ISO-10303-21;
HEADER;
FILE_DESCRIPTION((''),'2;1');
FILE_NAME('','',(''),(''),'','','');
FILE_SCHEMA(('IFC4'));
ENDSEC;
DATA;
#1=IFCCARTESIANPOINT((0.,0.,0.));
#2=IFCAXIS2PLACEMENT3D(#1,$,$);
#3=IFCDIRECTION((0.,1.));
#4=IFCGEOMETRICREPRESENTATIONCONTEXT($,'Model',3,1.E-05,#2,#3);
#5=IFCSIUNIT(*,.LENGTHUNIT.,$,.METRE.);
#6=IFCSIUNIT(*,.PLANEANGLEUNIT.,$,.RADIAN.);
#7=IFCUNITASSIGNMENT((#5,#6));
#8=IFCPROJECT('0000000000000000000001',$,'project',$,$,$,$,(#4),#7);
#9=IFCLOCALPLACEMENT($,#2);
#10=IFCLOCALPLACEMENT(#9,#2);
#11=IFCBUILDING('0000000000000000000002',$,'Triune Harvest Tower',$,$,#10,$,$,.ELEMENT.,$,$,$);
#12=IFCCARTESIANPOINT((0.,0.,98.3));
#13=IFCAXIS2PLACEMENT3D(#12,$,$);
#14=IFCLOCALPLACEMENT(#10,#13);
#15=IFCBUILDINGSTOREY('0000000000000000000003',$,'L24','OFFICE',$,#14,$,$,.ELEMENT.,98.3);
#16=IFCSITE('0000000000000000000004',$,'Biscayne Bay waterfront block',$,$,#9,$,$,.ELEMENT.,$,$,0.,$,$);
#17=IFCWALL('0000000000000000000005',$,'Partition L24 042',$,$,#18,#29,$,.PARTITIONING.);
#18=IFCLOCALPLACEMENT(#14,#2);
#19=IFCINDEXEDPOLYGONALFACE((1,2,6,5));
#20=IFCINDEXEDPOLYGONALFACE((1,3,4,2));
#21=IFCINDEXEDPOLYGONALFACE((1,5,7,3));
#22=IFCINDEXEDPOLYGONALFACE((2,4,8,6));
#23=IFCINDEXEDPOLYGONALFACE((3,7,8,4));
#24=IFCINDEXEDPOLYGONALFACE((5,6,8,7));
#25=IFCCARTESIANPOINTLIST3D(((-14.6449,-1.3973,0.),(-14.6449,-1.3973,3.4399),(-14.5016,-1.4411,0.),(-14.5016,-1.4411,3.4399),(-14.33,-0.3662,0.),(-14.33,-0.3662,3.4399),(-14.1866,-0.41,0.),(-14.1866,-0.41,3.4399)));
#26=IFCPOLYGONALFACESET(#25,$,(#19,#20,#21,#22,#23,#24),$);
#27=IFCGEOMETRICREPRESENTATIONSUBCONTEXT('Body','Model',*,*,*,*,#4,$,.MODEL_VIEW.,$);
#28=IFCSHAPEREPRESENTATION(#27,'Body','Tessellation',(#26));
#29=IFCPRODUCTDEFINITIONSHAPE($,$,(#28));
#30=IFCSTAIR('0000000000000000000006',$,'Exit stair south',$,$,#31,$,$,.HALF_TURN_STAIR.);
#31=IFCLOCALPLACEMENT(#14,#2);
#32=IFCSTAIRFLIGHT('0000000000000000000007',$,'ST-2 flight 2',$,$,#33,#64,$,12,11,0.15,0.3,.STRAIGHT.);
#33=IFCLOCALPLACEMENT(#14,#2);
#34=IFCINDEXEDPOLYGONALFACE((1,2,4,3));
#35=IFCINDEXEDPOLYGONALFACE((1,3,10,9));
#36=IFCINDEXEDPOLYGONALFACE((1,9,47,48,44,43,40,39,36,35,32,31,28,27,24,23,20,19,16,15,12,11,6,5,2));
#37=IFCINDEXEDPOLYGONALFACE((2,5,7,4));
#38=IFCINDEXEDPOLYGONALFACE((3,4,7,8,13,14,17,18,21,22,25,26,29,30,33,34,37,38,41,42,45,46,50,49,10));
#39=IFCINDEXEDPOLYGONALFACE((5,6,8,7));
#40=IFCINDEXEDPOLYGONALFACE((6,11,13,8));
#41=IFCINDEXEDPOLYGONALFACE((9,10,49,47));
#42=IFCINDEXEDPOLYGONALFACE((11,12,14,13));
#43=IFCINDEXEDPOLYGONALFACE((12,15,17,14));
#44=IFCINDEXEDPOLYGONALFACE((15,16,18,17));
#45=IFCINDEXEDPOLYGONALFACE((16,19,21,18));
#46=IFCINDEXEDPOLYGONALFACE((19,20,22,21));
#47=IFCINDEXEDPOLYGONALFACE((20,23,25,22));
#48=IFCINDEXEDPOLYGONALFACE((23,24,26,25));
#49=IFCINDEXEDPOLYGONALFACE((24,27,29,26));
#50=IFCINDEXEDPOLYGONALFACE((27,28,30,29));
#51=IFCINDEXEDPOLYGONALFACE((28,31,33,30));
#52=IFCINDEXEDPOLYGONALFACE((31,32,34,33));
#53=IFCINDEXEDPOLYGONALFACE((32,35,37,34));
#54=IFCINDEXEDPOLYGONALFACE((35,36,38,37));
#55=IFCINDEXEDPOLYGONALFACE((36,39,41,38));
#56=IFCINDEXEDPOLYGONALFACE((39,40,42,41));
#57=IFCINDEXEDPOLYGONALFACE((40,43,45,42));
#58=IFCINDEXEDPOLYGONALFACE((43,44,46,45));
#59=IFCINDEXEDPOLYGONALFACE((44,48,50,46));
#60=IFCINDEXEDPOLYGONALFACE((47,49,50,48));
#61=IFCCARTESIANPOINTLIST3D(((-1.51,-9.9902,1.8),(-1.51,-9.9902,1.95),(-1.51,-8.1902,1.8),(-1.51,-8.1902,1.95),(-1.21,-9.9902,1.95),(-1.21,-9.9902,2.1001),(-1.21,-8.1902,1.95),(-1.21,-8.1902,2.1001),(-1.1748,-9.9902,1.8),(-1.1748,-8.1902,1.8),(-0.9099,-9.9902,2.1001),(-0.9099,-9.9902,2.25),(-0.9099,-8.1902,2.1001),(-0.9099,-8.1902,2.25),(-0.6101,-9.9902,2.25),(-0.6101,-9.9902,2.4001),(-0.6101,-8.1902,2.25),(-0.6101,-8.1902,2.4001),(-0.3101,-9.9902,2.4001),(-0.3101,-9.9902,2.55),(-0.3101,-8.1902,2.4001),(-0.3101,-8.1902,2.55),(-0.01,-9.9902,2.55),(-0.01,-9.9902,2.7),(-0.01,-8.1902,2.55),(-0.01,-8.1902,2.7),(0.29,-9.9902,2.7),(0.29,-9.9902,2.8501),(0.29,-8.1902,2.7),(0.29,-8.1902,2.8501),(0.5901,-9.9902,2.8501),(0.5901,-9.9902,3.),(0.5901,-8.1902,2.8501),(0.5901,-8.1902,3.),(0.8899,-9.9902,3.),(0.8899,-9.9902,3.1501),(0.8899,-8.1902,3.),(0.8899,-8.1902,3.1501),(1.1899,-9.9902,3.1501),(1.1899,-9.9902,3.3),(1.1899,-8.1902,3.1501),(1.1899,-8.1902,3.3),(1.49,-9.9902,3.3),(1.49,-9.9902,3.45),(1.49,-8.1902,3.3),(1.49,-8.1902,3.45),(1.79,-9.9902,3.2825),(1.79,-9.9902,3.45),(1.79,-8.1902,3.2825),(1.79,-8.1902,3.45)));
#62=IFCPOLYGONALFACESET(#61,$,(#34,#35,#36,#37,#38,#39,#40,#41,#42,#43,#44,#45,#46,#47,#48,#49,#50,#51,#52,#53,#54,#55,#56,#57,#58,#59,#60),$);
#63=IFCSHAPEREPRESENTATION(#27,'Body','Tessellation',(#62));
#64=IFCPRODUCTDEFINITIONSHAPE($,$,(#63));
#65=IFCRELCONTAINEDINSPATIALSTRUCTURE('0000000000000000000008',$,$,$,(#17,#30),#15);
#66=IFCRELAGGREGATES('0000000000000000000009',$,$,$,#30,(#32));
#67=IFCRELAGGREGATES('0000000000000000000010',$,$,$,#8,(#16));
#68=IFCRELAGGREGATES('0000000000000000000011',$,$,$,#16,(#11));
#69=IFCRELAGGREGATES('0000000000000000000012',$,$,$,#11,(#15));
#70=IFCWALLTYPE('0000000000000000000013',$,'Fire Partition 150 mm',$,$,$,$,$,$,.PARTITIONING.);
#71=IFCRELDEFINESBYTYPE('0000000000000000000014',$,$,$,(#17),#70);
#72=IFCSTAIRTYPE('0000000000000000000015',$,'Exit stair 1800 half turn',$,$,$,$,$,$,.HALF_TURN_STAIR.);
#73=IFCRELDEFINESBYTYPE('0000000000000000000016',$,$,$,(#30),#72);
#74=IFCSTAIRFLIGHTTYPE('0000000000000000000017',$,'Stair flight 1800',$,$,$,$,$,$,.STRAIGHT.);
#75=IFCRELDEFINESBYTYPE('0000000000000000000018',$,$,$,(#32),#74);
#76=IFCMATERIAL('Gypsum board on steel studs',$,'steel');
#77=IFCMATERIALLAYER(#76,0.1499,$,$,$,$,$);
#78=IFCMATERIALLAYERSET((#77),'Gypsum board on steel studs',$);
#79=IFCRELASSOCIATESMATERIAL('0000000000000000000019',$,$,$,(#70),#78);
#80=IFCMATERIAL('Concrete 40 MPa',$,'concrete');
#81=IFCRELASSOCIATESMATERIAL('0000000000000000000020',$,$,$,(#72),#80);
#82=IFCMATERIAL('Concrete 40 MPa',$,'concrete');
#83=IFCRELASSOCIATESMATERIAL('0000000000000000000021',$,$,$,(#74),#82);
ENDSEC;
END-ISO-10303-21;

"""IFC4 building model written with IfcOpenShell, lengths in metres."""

from ifc_helpers import new_model, si_unit, direction, frame, frame_2d, origin, place, context, subcontext, project, spatial, polyline, rectangle, outline, extrude, source, transform, mapped, material, layer, layer_set, type_object, element, aggregate, save


model = new_model("IFC4")

# Units and contexts
model_context = context("Model", 3, precision=1e-05, world=origin(), true_north=direction((0.0, 1.0)))
body_context = subcontext(model_context, "Body", "Model", "MODEL_VIEW")
ifc_project = project(units=[si_unit("LENGTHUNIT", "METRE"), si_unit("PLANEANGLEUNIT", "RADIAN")], contexts=[model_context])

# Site, building, storey
site_placement = place(None, origin())
site = spatial("IfcSite", under=ifc_project, at=site_placement, Name="Biscayne Bay waterfront block", CompositionType="ELEMENT", RefElevation=0.0)
building_placement = place(site_placement, origin())
building = spatial("IfcBuilding", under=site, at=building_placement, Name="Triune Harvest Tower", CompositionType="ELEMENT")
storey_placement = place(building_placement, frame((0.0, 0.0, 98.3)))
storey = spatial("IfcBuildingStorey", under=building, at=storey_placement, Name="L24", Description="OFFICE", CompositionType="ELEMENT", Elevation=98.3)

# Shared definitions
ifc_material_1 = material(Name="Gypsum board on steel studs", Category="steel")
ifc_layer_1 = layer(ifc_material_1, 0.1499)
ifc_layer_set_1 = layer_set([ifc_layer_1], Name="Gypsum board on steel studs")
wall_type_1 = type_object("IfcWallType", Name="Fire Partition 150 mm", PredefinedType="PARTITIONING", material=ifc_layer_set_1)

# Wall
shared_shape_1 = source(origin(), body_context, "Body", "SweptSolid", [
    extrude(rectangle(XDim=1.0781, YDim=0.1499, at=frame_2d((0.5391, 0.0))), origin(), (0.0, 0.0, 1.0), 3.4399),
])
wall_1_placement = place(storey_placement, frame((-14.5732, -1.4192, 0.0), z_axis=(0.0, 0.0, 1.0), x_axis=(0.292144, 0.956374, 0.0)))
element("IfcWall", 1, at=wall_1_placement, inside=storey, type_object=wall_type_1, Name="Partition L24 042", PredefinedType="PARTITIONING", context=body_context, shape_type="MappedRepresentation", body=[
    mapped(shared_shape_1, transform((0.0, 0.0, 0.0), scale=1.0)),
])

# Stair, stair flight
ifc_material_2 = material(Name="Concrete 40 MPa", Category="concrete")
stair_type = type_object("IfcStairType", Name="Exit stair 1800 half turn", PredefinedType="HALF_TURN_STAIR", material=ifc_material_2)
stair_placement = place(storey_placement, origin())
stair = element("IfcStair", 2, at=stair_placement, inside=storey, type_object=stair_type, Name="Exit stair south", PredefinedType="HALF_TURN_STAIR")
ifc_material_3 = material(Name="Concrete 40 MPa", Category="concrete")
stair_flight_type = type_object("IfcStairFlightType", Name="Stair flight 1800", PredefinedType="STRAIGHT", material=ifc_material_3)
shared_shape_2 = source(origin(), body_context, "Body", "SweptSolid", [
    extrude(outline(polyline([(0.0, 0.0), (0.0, 0.1499), (0.3, 0.1499), (0.3, 0.3), (0.6001, 0.3), (0.6001, 0.45), (0.8999, 0.45), (0.8999, 0.6001), (1.2, 0.6001), (1.2, 0.75), (1.5, 0.75), (1.5, 0.8999), (1.8, 0.8999), (1.8, 1.05), (2.1001, 1.05), (2.1001, 1.2), (2.3999, 1.2), (2.3999, 1.3501), (2.7, 1.3501), (2.7, 1.5), (3.0, 1.5), (3.0, 1.6499), (3.3, 1.6499), (3.3, 1.8), (3.3, 1.4824), (0.3352, 0.0), (0.0, 0.0)])), frame((0.0, 0.8999, 0.0), z_axis=(0.0, -1.0, 0.0), x_axis=(1.0, 0.0, 0.0)), (0.0, 0.0, 1.0), 1.8),
])
stair_flight_placement = place(storey_placement, frame((-1.51, -9.0901, 1.8), z_axis=(0.0, 0.0, 1.0), x_axis=(1.0, 0.0, 0.0)))
stair_flight = element("IfcStairFlight", 3, at=stair_flight_placement, type_object=stair_flight_type, Name="ST-2 flight 2", NumberOfRisers=12, NumberOfTreads=11, PredefinedType="STRAIGHT", RiserHeight=0.15, TreadLength=0.3, context=body_context, shape_type="MappedRepresentation", body=[
    mapped(shared_shape_2, transform((0.0, 0.0, 0.0), scale=1.0)),
])
aggregate(stair, [stair_flight])

save(model, "model.ifc")
